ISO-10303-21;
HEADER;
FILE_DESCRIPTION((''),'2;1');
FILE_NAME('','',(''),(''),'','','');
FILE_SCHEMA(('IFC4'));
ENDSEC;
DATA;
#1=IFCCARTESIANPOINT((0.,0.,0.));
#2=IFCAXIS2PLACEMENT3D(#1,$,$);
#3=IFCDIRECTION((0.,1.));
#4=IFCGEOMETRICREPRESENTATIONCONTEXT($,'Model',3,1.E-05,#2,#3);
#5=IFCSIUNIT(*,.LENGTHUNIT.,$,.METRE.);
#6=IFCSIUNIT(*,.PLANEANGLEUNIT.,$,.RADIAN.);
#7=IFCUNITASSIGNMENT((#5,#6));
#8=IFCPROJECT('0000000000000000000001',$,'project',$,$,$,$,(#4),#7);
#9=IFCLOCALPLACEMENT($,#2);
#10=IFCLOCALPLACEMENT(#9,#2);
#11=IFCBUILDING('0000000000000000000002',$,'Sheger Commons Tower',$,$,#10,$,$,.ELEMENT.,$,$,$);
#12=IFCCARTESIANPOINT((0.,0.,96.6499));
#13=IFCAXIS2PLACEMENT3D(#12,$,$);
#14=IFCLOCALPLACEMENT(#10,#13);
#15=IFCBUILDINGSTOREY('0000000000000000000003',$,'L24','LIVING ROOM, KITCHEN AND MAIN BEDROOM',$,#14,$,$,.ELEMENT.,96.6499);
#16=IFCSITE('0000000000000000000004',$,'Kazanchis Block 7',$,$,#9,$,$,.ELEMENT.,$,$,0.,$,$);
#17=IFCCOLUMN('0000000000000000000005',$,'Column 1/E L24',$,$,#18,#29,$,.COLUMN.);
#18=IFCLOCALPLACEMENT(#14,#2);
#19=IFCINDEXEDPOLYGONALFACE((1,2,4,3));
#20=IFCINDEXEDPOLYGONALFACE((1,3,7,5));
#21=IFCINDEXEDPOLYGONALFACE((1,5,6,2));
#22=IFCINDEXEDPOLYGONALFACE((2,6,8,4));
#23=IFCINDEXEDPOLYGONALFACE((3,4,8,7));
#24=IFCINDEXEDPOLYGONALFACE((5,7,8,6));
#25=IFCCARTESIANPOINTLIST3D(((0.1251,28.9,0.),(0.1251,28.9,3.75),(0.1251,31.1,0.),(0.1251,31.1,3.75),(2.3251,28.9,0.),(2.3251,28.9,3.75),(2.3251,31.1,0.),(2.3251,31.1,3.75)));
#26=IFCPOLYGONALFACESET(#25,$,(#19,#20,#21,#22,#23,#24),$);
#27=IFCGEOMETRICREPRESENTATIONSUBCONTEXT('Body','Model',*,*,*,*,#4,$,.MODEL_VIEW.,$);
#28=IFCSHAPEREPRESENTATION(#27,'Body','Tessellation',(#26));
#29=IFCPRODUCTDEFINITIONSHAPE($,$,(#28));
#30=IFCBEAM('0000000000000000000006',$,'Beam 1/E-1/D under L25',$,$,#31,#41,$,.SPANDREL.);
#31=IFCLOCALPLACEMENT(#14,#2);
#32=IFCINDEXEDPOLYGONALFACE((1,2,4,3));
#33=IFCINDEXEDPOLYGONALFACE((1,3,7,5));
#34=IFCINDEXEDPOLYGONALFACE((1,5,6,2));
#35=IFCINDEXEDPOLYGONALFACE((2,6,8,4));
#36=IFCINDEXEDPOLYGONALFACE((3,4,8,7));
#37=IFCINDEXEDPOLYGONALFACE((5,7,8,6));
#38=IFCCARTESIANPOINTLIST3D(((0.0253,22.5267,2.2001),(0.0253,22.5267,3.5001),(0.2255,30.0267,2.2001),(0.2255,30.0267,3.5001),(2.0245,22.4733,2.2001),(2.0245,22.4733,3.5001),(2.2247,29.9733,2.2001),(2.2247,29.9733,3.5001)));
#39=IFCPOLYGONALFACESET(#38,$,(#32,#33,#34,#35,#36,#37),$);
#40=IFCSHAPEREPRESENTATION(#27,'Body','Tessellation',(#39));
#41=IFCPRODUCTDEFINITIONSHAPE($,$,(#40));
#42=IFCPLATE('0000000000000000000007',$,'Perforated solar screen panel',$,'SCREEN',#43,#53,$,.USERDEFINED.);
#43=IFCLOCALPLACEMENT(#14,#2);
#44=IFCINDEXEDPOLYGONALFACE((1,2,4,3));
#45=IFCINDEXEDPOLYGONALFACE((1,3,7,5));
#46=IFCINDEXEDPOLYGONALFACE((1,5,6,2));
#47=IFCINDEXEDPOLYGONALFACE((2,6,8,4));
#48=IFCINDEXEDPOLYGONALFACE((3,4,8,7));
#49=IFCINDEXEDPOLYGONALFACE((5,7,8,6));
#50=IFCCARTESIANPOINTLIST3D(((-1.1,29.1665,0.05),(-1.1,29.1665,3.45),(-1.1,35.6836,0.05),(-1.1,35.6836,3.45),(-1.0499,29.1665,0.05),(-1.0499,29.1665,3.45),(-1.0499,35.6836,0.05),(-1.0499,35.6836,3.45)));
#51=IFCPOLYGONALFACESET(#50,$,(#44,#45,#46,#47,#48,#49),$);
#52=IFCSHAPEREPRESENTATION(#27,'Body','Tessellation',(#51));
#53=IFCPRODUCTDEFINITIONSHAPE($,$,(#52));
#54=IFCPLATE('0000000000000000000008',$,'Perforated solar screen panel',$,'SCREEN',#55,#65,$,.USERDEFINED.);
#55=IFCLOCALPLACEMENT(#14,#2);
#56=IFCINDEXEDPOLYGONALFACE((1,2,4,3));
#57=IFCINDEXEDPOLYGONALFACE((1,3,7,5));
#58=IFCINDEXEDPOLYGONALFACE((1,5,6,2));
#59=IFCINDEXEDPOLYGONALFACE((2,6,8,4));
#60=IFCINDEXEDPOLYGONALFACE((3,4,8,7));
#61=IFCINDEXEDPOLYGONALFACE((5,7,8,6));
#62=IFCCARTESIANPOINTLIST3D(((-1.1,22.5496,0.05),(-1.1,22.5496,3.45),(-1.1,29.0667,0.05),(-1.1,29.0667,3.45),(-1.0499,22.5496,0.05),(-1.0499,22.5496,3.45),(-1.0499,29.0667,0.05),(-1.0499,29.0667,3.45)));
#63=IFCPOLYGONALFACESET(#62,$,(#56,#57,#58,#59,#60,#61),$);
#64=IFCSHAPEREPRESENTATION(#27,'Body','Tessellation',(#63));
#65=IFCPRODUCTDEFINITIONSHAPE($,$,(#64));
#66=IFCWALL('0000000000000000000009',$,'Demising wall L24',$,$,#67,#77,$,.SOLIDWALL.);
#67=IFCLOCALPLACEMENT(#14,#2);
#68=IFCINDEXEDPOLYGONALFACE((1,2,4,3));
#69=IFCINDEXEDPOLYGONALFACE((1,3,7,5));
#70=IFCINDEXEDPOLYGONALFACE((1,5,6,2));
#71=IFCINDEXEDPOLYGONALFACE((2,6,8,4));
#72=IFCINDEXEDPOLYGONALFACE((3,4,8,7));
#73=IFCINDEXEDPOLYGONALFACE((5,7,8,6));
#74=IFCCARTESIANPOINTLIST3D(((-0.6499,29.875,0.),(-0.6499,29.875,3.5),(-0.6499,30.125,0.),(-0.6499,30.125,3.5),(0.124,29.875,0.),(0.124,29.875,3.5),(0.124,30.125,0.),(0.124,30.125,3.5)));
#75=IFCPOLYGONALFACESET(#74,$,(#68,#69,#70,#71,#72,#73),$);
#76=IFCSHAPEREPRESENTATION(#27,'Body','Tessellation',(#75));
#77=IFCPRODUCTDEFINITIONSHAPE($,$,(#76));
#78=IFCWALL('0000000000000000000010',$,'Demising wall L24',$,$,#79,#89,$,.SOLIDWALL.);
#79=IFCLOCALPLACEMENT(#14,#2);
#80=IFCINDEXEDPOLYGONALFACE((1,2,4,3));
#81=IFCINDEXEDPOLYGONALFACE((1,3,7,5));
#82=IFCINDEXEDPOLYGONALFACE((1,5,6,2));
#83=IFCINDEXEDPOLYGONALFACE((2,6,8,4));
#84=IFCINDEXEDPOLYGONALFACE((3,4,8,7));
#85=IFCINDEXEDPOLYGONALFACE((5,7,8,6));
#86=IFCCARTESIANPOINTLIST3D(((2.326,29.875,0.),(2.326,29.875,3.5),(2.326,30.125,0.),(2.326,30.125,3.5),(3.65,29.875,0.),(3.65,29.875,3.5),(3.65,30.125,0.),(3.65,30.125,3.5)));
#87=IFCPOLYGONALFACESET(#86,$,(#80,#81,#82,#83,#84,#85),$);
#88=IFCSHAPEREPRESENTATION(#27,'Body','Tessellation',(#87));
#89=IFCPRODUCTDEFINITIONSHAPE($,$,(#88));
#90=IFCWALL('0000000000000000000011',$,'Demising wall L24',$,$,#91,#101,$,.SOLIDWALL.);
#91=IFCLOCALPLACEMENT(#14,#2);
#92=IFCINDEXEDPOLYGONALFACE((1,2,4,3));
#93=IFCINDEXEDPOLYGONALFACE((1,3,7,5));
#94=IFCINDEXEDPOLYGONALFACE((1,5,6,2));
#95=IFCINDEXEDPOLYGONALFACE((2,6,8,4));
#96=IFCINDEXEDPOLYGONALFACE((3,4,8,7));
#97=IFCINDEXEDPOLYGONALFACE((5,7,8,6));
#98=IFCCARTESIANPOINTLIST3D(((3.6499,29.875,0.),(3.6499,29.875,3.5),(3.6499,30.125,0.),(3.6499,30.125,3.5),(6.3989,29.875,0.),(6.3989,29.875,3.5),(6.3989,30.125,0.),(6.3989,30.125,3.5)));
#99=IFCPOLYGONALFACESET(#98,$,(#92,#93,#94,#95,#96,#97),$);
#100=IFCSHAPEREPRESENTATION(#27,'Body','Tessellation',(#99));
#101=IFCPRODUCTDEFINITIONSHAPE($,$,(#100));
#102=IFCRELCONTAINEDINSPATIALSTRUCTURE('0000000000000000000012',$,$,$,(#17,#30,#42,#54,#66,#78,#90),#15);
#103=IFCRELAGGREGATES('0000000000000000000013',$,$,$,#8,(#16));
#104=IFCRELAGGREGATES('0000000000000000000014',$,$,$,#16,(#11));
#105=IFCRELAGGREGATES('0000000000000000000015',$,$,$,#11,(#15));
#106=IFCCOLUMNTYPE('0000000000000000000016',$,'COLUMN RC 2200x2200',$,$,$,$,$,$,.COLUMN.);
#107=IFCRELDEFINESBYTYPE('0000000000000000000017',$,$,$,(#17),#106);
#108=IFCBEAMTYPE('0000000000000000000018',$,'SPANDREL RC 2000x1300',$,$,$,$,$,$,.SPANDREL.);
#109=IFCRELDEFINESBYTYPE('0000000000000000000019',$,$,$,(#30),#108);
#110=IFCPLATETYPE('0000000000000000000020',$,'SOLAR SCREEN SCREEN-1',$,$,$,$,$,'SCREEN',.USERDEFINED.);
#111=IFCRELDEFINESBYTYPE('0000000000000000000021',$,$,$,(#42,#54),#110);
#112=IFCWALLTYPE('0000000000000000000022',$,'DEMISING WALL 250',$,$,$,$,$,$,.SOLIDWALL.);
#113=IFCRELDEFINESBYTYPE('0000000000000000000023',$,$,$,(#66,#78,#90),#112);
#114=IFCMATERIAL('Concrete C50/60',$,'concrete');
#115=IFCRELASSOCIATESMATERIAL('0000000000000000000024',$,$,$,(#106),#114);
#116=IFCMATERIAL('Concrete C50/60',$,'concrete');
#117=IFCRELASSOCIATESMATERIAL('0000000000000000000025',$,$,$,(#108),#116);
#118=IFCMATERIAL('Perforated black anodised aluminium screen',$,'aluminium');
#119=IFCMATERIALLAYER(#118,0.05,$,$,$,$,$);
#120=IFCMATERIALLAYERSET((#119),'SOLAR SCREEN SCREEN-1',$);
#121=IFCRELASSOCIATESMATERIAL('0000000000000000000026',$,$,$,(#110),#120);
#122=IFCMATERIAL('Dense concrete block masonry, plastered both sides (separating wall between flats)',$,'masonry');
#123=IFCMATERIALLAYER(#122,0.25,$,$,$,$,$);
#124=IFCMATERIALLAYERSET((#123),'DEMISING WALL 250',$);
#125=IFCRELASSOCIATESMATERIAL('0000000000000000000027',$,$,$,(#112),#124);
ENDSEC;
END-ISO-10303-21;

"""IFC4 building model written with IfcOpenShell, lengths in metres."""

from ifc_helpers import new_model, si_unit, direction, frame, frame_2d, origin, origin_2d, place, context, subcontext, project, spatial, rectangle, extrude, material, layer, layer_set, material_profile, profile_set, type_object, element, save


model = new_model("IFC4")

# Units and contexts
model_context = context("Model", 3, precision=1e-05, world=origin(), true_north=direction((0.0, 1.0)))
body_context = subcontext(model_context, "Body", "Model", "MODEL_VIEW")
ifc_project = project(units=[si_unit("LENGTHUNIT", "METRE"), si_unit("PLANEANGLEUNIT", "RADIAN")], contexts=[model_context])

# Site, building, storey
site_placement = place(None, origin())
site = spatial("IfcSite", under=ifc_project, at=site_placement, Name="Kazanchis Block 7", CompositionType="ELEMENT", RefElevation=0.0)
building_placement = place(site_placement, origin())
building = spatial("IfcBuilding", under=site, at=building_placement, Name="Sheger Commons Tower", CompositionType="ELEMENT")
storey_placement = place(building_placement, frame((0.0, 0.0, 96.6499)))
storey = spatial("IfcBuildingStorey", under=building, at=storey_placement, Name="L24", Description="LIVING ROOM, KITCHEN AND MAIN BEDROOM", CompositionType="ELEMENT", Elevation=96.6499)

# Column
ifc_material_1 = material(Name="Concrete C50/60", Category="concrete")
ifc_material_profile_1 = material_profile(ifc_material_1, rectangle(XDim=2.2, YDim=2.2, at=origin_2d()), Name="RC 2200x2200")
ifc_profile_set_1 = profile_set([ifc_material_profile_1], Name="Concrete C50/60")
column_type = type_object("IfcColumnType", Name="COLUMN RC 2200x2200", PredefinedType="COLUMN", material=ifc_profile_set_1)
column_placement = place(storey_placement, frame((1.2251, 30.0, 0.0), z_axis=(0.0, 0.0, 1.0), x_axis=(1.0, 0.0, 0.0)))
element("IfcColumn", 1, at=column_placement, inside=storey, type_object=column_type, Name="Column 1/E L24", PredefinedType="COLUMN", context=body_context, shape_type="SweptSolid", body=[
    extrude(rectangle(XDim=2.2, YDim=2.2, at=origin_2d()), origin(), (0.0, 0.0, 1.0), 3.75),
])

# Beam
ifc_material_2 = material(Name="Concrete C50/60", Category="concrete")
ifc_material_profile_2 = material_profile(ifc_material_2, rectangle(XDim=2.0, YDim=1.3, at=origin_2d()), Name="RC 2000x1300")
ifc_profile_set_2 = profile_set([ifc_material_profile_2], Name="Concrete C50/60")
beam_type = type_object("IfcBeamType", Name="SPANDREL RC 2000x1300", PredefinedType="SPANDREL", material=ifc_profile_set_2)
beam_placement = place(storey_placement, frame((1.2251, 30.0, 2.8501), z_axis=(-0.026683, -0.999644, 0.0), x_axis=(0.999644, -0.026683, 0.0)))
element("IfcBeam", 2, at=beam_placement, inside=storey, type_object=beam_type, Name="Beam 1/E-1/D under L25", PredefinedType="SPANDREL", context=body_context, shape_type="SweptSolid", body=[
    extrude(rectangle(XDim=2.0, YDim=1.3, at=origin_2d()), origin(), (0.0, 0.0, 1.0), 7.5027),
])

# Plates
ifc_material_3 = material(Name="Perforated black anodised aluminium screen", Category="aluminium")
ifc_layer_1 = layer(ifc_material_3, 0.05)
ifc_layer_set_1 = layer_set([ifc_layer_1], Name="SOLAR SCREEN SCREEN-1")
plate_type = type_object("IfcPlateType", Name="SOLAR SCREEN SCREEN-1", ElementType="SCREEN", PredefinedType="USERDEFINED", material=ifc_layer_set_1)
for number, where, z_axis, x_axis, name in (
    (3, (-1.075, 32.425, 0.05), (0.0, 0.0, 1.0), (0.0, -1.0, 0.0), "Perforated solar screen panel"),
    (4, (-1.075, 25.8081, 0.05), (0.0, 0.0, 1.0), (0.0, -1.0, 0.0), "Perforated solar screen panel"),
):
    element("IfcPlate", number, at=place(storey_placement, frame(where, z_axis=z_axis, x_axis=x_axis)), inside=storey, type_object=plate_type, Name=name, ObjectType="SCREEN", PredefinedType="USERDEFINED", context=body_context, shape_type="SweptSolid", body=[
        extrude(rectangle(XDim=6.5171, YDim=0.05, at=origin_2d()), origin(), (0.0, 0.0, 1.0), 3.3999),
    ])

# Walls
ifc_material_4 = material(Name="Dense concrete block masonry, plastered both sides (separating wall between flats)", Category="masonry")
ifc_layer_2 = layer(ifc_material_4, 0.25)
ifc_layer_set_2 = layer_set([ifc_layer_2], Name="DEMISING WALL 250")
wall_type_1 = type_object("IfcWallType", Name="DEMISING WALL 250", PredefinedType="SOLIDWALL", material=ifc_layer_set_2)
wall_1_placement = place(storey_placement, frame((-0.6499, 30.0, 0.0), z_axis=(0.0, 0.0, 1.0), x_axis=(1.0, 0.0, 0.0)))
element("IfcWall", 5, at=wall_1_placement, inside=storey, type_object=wall_type_1, Name="Demising wall L24", PredefinedType="SOLIDWALL", context=body_context, shape_type="SweptSolid", body=[
    extrude(rectangle(XDim=0.7739, YDim=0.25, at=frame_2d((0.387, 0.0))), origin(), (0.0, 0.0, 1.0), 3.5),
])
wall_2_placement = place(storey_placement, frame((2.3259, 30.0, 0.0), z_axis=(0.0, 0.0, 1.0), x_axis=(1.0, 0.0, 0.0)))
element("IfcWall", 6, at=wall_2_placement, inside=storey, type_object=wall_type_1, Name="Demising wall L24", PredefinedType="SOLIDWALL", context=body_context, shape_type="SweptSolid", body=[
    extrude(rectangle(XDim=1.324, YDim=0.25, at=frame_2d((0.6621, 0.0))), origin(), (0.0, 0.0, 1.0), 3.5),
])
wall_3_placement = place(storey_placement, frame((3.6499, 30.0, 0.0), z_axis=(0.0, 0.0, 1.0), x_axis=(1.0, 0.0, 0.0)))
element("IfcWall", 7, at=wall_3_placement, inside=storey, type_object=wall_type_1, Name="Demising wall L24", PredefinedType="SOLIDWALL", context=body_context, shape_type="SweptSolid", body=[
    extrude(rectangle(XDim=2.749, YDim=0.25, at=frame_2d((1.3745, 0.0))), origin(), (0.0, 0.0, 1.0), 3.5),
])

save(model, "model.ifc")
